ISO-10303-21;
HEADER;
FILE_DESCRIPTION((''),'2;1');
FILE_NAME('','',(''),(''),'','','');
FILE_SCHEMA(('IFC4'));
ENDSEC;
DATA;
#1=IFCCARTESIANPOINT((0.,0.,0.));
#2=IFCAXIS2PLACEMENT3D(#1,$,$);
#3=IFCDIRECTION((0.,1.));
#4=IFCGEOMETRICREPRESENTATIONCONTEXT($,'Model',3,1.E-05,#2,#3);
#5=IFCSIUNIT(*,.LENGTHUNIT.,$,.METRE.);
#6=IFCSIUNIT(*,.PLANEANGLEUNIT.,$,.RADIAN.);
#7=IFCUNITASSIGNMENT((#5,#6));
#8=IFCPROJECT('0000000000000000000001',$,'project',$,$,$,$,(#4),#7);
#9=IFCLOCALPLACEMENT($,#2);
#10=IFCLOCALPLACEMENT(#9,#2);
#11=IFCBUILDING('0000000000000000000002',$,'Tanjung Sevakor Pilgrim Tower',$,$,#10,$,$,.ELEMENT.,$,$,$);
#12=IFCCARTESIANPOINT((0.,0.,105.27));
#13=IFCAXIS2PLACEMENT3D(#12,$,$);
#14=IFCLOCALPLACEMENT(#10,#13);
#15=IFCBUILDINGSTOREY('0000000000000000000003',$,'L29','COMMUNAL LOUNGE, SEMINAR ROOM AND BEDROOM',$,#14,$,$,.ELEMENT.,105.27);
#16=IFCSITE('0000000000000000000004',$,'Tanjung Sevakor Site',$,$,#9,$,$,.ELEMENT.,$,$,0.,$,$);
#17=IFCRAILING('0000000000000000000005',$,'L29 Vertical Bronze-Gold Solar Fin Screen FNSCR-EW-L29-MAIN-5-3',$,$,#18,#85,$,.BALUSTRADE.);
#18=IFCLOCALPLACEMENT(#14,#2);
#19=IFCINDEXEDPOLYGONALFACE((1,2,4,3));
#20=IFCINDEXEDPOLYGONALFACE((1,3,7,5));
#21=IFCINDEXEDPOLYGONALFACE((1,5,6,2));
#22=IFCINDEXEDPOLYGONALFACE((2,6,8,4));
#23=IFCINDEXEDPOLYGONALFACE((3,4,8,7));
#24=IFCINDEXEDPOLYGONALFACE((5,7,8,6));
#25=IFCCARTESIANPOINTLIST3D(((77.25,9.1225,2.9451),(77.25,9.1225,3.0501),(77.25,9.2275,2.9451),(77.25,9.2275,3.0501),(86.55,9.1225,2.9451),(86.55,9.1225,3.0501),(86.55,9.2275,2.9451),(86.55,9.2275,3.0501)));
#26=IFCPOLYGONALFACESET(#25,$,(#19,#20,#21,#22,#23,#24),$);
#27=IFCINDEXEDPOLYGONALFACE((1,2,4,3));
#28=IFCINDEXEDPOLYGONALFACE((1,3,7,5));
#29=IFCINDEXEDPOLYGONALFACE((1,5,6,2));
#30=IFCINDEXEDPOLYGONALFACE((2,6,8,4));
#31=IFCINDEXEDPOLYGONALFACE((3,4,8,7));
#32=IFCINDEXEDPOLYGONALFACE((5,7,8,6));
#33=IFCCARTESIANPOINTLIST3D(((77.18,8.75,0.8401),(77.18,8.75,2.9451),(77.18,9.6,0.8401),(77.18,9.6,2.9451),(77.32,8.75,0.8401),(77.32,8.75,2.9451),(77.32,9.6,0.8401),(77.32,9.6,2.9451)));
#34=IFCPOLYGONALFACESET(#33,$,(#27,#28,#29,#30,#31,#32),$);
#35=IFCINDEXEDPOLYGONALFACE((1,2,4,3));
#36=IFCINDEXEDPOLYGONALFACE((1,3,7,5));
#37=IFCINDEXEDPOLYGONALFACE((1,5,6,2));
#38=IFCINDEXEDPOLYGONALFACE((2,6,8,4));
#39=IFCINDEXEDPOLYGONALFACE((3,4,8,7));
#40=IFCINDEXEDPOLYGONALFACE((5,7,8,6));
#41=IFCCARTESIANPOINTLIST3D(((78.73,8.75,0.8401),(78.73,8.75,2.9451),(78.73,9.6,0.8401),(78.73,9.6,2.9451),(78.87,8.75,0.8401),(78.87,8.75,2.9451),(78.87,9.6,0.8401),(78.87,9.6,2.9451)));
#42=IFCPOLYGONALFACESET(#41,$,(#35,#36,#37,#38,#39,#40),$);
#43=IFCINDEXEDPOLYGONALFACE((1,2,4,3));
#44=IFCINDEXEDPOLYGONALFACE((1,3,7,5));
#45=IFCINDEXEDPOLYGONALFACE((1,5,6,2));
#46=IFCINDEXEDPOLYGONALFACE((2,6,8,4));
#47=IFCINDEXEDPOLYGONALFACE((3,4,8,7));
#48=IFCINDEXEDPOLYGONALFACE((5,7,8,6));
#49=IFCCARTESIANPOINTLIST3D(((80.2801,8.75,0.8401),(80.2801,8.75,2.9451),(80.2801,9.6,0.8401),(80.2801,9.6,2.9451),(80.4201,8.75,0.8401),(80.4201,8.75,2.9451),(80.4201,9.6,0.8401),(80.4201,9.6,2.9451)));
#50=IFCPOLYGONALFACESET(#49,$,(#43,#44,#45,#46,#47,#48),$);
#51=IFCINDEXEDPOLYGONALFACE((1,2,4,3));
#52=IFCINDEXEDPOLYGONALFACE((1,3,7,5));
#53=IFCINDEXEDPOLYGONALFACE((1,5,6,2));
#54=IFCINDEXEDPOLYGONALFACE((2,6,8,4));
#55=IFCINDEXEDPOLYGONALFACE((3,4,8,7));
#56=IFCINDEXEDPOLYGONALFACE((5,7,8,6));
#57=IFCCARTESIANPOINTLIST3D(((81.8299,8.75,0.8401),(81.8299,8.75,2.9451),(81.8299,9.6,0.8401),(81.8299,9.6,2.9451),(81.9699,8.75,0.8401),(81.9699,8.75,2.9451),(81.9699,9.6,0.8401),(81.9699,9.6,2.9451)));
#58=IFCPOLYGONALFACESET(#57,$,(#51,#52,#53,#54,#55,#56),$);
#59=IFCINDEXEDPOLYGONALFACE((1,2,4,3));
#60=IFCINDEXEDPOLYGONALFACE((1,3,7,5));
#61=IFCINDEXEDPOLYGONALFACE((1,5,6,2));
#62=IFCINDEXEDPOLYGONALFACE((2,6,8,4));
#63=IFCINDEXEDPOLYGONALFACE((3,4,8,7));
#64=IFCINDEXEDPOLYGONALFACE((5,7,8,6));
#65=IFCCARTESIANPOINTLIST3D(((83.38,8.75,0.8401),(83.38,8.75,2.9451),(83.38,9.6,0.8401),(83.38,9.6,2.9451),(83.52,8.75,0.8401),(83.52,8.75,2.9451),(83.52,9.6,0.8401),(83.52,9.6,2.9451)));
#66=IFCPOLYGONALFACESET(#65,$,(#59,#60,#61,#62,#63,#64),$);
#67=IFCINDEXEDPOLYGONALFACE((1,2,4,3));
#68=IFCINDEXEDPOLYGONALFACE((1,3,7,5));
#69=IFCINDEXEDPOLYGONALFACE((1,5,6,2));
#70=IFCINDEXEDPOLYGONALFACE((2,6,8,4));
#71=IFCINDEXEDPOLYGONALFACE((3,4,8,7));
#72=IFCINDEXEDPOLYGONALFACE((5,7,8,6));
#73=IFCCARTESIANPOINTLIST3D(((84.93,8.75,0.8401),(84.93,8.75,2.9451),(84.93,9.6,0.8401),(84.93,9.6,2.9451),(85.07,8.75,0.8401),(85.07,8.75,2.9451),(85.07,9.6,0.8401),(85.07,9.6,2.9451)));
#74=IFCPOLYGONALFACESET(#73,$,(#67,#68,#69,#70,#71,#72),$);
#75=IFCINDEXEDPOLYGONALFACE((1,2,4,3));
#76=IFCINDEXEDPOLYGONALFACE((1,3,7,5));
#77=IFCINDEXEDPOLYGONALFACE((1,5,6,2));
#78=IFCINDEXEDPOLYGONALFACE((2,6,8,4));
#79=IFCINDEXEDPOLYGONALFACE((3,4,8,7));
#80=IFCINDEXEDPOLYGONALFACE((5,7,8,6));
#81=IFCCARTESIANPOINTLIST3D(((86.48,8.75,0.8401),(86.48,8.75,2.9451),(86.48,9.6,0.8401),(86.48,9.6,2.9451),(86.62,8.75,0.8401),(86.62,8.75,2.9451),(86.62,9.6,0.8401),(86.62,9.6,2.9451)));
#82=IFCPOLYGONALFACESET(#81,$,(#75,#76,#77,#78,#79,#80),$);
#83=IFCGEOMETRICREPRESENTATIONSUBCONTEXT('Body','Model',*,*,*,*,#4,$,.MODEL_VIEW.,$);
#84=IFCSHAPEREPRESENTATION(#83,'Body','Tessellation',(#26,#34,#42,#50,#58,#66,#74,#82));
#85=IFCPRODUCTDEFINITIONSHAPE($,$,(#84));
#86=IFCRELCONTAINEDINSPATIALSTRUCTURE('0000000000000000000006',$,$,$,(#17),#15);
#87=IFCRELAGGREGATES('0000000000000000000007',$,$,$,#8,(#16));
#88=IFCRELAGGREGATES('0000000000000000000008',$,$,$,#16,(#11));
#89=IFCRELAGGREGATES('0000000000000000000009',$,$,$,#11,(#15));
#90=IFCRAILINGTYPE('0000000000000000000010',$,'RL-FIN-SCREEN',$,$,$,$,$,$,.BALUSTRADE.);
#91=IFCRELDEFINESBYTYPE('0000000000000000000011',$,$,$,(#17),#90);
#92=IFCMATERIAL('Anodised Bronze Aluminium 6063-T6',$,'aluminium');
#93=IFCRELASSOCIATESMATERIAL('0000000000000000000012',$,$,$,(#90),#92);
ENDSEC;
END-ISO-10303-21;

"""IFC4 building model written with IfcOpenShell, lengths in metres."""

from ifc_helpers import new_model, si_unit, direction, frame, origin, place, context, subcontext, project, spatial, rectangle, extrude, material, type_object, element, save


model = new_model("IFC4")

# Units and contexts
model_context = context("Model", 3, precision=1e-05, world=origin(), true_north=direction((0.0, 1.0)))
body_context = subcontext(model_context, "Body", "Model", "MODEL_VIEW")
ifc_project = project(units=[si_unit("LENGTHUNIT", "METRE"), si_unit("PLANEANGLEUNIT", "RADIAN")], contexts=[model_context])

# Site, building, storey
site_placement = place(None, origin())
site = spatial("IfcSite", under=ifc_project, at=site_placement, Name="Tanjung Sevakor Site", CompositionType="ELEMENT", RefElevation=0.0)
building_placement = place(site_placement, origin())
building = spatial("IfcBuilding", under=site, at=building_placement, Name="Tanjung Sevakor Pilgrim Tower", CompositionType="ELEMENT")
storey_placement = place(building_placement, frame((0.0, 0.0, 105.27)))
storey = spatial("IfcBuildingStorey", under=building, at=storey_placement, Name="L29", Description="COMMUNAL LOUNGE, SEMINAR ROOM AND BEDROOM", CompositionType="ELEMENT", Elevation=105.27)

# Railing
ifc_material_1 = material(Name="Anodised Bronze Aluminium 6063-T6", Category="aluminium")
railing_type_1 = type_object("IfcRailingType", Name="RL-FIN-SCREEN", PredefinedType="BALUSTRADE", material=ifc_material_1)
railing_1_placement = place(storey_placement, frame((77.25, 9.175, 0.8401)))
element("IfcRailing", 1, at=railing_1_placement, inside=storey, type_object=railing_type_1, Name="L29 Vertical Bronze-Gold Solar Fin Screen FNSCR-EW-L29-MAIN-5-3", PredefinedType="BALUSTRADE", context=body_context, shape_type="SweptSolid", body=[
    extrude(rectangle(XDim=0.105, YDim=0.105), frame((0.0, 0.0, 2.1575), z_axis=(1.0, 0.0, 0.0), x_axis=(0.0, 1.0, 0.0)), (0.0, 0.0, 1.0), 9.3),
    extrude(rectangle(XDim=0.14, YDim=0.85), origin(), (0.0, 0.0, 1.0), 2.105),
    extrude(rectangle(XDim=0.14, YDim=0.85), frame((1.55, 0.0, 0.0)), (0.0, 0.0, 1.0), 2.105),
    extrude(rectangle(XDim=0.14, YDim=0.85), frame((3.1001, 0.0, 0.0)), (0.0, 0.0, 1.0), 2.105),
    extrude(rectangle(XDim=0.14, YDim=0.85), frame((4.6499, 0.0, 0.0)), (0.0, 0.0, 1.0), 2.105),
    extrude(rectangle(XDim=0.14, YDim=0.85), frame((6.2, 0.0, 0.0)), (0.0, 0.0, 1.0), 2.105),
    extrude(rectangle(XDim=0.14, YDim=0.85), frame((7.75, 0.0, 0.0)), (0.0, 0.0, 1.0), 2.105),
    extrude(rectangle(XDim=0.14, YDim=0.85), frame((9.3, 0.0, 0.0)), (0.0, 0.0, 1.0), 2.105),
])

save(model, "model.ifc")
